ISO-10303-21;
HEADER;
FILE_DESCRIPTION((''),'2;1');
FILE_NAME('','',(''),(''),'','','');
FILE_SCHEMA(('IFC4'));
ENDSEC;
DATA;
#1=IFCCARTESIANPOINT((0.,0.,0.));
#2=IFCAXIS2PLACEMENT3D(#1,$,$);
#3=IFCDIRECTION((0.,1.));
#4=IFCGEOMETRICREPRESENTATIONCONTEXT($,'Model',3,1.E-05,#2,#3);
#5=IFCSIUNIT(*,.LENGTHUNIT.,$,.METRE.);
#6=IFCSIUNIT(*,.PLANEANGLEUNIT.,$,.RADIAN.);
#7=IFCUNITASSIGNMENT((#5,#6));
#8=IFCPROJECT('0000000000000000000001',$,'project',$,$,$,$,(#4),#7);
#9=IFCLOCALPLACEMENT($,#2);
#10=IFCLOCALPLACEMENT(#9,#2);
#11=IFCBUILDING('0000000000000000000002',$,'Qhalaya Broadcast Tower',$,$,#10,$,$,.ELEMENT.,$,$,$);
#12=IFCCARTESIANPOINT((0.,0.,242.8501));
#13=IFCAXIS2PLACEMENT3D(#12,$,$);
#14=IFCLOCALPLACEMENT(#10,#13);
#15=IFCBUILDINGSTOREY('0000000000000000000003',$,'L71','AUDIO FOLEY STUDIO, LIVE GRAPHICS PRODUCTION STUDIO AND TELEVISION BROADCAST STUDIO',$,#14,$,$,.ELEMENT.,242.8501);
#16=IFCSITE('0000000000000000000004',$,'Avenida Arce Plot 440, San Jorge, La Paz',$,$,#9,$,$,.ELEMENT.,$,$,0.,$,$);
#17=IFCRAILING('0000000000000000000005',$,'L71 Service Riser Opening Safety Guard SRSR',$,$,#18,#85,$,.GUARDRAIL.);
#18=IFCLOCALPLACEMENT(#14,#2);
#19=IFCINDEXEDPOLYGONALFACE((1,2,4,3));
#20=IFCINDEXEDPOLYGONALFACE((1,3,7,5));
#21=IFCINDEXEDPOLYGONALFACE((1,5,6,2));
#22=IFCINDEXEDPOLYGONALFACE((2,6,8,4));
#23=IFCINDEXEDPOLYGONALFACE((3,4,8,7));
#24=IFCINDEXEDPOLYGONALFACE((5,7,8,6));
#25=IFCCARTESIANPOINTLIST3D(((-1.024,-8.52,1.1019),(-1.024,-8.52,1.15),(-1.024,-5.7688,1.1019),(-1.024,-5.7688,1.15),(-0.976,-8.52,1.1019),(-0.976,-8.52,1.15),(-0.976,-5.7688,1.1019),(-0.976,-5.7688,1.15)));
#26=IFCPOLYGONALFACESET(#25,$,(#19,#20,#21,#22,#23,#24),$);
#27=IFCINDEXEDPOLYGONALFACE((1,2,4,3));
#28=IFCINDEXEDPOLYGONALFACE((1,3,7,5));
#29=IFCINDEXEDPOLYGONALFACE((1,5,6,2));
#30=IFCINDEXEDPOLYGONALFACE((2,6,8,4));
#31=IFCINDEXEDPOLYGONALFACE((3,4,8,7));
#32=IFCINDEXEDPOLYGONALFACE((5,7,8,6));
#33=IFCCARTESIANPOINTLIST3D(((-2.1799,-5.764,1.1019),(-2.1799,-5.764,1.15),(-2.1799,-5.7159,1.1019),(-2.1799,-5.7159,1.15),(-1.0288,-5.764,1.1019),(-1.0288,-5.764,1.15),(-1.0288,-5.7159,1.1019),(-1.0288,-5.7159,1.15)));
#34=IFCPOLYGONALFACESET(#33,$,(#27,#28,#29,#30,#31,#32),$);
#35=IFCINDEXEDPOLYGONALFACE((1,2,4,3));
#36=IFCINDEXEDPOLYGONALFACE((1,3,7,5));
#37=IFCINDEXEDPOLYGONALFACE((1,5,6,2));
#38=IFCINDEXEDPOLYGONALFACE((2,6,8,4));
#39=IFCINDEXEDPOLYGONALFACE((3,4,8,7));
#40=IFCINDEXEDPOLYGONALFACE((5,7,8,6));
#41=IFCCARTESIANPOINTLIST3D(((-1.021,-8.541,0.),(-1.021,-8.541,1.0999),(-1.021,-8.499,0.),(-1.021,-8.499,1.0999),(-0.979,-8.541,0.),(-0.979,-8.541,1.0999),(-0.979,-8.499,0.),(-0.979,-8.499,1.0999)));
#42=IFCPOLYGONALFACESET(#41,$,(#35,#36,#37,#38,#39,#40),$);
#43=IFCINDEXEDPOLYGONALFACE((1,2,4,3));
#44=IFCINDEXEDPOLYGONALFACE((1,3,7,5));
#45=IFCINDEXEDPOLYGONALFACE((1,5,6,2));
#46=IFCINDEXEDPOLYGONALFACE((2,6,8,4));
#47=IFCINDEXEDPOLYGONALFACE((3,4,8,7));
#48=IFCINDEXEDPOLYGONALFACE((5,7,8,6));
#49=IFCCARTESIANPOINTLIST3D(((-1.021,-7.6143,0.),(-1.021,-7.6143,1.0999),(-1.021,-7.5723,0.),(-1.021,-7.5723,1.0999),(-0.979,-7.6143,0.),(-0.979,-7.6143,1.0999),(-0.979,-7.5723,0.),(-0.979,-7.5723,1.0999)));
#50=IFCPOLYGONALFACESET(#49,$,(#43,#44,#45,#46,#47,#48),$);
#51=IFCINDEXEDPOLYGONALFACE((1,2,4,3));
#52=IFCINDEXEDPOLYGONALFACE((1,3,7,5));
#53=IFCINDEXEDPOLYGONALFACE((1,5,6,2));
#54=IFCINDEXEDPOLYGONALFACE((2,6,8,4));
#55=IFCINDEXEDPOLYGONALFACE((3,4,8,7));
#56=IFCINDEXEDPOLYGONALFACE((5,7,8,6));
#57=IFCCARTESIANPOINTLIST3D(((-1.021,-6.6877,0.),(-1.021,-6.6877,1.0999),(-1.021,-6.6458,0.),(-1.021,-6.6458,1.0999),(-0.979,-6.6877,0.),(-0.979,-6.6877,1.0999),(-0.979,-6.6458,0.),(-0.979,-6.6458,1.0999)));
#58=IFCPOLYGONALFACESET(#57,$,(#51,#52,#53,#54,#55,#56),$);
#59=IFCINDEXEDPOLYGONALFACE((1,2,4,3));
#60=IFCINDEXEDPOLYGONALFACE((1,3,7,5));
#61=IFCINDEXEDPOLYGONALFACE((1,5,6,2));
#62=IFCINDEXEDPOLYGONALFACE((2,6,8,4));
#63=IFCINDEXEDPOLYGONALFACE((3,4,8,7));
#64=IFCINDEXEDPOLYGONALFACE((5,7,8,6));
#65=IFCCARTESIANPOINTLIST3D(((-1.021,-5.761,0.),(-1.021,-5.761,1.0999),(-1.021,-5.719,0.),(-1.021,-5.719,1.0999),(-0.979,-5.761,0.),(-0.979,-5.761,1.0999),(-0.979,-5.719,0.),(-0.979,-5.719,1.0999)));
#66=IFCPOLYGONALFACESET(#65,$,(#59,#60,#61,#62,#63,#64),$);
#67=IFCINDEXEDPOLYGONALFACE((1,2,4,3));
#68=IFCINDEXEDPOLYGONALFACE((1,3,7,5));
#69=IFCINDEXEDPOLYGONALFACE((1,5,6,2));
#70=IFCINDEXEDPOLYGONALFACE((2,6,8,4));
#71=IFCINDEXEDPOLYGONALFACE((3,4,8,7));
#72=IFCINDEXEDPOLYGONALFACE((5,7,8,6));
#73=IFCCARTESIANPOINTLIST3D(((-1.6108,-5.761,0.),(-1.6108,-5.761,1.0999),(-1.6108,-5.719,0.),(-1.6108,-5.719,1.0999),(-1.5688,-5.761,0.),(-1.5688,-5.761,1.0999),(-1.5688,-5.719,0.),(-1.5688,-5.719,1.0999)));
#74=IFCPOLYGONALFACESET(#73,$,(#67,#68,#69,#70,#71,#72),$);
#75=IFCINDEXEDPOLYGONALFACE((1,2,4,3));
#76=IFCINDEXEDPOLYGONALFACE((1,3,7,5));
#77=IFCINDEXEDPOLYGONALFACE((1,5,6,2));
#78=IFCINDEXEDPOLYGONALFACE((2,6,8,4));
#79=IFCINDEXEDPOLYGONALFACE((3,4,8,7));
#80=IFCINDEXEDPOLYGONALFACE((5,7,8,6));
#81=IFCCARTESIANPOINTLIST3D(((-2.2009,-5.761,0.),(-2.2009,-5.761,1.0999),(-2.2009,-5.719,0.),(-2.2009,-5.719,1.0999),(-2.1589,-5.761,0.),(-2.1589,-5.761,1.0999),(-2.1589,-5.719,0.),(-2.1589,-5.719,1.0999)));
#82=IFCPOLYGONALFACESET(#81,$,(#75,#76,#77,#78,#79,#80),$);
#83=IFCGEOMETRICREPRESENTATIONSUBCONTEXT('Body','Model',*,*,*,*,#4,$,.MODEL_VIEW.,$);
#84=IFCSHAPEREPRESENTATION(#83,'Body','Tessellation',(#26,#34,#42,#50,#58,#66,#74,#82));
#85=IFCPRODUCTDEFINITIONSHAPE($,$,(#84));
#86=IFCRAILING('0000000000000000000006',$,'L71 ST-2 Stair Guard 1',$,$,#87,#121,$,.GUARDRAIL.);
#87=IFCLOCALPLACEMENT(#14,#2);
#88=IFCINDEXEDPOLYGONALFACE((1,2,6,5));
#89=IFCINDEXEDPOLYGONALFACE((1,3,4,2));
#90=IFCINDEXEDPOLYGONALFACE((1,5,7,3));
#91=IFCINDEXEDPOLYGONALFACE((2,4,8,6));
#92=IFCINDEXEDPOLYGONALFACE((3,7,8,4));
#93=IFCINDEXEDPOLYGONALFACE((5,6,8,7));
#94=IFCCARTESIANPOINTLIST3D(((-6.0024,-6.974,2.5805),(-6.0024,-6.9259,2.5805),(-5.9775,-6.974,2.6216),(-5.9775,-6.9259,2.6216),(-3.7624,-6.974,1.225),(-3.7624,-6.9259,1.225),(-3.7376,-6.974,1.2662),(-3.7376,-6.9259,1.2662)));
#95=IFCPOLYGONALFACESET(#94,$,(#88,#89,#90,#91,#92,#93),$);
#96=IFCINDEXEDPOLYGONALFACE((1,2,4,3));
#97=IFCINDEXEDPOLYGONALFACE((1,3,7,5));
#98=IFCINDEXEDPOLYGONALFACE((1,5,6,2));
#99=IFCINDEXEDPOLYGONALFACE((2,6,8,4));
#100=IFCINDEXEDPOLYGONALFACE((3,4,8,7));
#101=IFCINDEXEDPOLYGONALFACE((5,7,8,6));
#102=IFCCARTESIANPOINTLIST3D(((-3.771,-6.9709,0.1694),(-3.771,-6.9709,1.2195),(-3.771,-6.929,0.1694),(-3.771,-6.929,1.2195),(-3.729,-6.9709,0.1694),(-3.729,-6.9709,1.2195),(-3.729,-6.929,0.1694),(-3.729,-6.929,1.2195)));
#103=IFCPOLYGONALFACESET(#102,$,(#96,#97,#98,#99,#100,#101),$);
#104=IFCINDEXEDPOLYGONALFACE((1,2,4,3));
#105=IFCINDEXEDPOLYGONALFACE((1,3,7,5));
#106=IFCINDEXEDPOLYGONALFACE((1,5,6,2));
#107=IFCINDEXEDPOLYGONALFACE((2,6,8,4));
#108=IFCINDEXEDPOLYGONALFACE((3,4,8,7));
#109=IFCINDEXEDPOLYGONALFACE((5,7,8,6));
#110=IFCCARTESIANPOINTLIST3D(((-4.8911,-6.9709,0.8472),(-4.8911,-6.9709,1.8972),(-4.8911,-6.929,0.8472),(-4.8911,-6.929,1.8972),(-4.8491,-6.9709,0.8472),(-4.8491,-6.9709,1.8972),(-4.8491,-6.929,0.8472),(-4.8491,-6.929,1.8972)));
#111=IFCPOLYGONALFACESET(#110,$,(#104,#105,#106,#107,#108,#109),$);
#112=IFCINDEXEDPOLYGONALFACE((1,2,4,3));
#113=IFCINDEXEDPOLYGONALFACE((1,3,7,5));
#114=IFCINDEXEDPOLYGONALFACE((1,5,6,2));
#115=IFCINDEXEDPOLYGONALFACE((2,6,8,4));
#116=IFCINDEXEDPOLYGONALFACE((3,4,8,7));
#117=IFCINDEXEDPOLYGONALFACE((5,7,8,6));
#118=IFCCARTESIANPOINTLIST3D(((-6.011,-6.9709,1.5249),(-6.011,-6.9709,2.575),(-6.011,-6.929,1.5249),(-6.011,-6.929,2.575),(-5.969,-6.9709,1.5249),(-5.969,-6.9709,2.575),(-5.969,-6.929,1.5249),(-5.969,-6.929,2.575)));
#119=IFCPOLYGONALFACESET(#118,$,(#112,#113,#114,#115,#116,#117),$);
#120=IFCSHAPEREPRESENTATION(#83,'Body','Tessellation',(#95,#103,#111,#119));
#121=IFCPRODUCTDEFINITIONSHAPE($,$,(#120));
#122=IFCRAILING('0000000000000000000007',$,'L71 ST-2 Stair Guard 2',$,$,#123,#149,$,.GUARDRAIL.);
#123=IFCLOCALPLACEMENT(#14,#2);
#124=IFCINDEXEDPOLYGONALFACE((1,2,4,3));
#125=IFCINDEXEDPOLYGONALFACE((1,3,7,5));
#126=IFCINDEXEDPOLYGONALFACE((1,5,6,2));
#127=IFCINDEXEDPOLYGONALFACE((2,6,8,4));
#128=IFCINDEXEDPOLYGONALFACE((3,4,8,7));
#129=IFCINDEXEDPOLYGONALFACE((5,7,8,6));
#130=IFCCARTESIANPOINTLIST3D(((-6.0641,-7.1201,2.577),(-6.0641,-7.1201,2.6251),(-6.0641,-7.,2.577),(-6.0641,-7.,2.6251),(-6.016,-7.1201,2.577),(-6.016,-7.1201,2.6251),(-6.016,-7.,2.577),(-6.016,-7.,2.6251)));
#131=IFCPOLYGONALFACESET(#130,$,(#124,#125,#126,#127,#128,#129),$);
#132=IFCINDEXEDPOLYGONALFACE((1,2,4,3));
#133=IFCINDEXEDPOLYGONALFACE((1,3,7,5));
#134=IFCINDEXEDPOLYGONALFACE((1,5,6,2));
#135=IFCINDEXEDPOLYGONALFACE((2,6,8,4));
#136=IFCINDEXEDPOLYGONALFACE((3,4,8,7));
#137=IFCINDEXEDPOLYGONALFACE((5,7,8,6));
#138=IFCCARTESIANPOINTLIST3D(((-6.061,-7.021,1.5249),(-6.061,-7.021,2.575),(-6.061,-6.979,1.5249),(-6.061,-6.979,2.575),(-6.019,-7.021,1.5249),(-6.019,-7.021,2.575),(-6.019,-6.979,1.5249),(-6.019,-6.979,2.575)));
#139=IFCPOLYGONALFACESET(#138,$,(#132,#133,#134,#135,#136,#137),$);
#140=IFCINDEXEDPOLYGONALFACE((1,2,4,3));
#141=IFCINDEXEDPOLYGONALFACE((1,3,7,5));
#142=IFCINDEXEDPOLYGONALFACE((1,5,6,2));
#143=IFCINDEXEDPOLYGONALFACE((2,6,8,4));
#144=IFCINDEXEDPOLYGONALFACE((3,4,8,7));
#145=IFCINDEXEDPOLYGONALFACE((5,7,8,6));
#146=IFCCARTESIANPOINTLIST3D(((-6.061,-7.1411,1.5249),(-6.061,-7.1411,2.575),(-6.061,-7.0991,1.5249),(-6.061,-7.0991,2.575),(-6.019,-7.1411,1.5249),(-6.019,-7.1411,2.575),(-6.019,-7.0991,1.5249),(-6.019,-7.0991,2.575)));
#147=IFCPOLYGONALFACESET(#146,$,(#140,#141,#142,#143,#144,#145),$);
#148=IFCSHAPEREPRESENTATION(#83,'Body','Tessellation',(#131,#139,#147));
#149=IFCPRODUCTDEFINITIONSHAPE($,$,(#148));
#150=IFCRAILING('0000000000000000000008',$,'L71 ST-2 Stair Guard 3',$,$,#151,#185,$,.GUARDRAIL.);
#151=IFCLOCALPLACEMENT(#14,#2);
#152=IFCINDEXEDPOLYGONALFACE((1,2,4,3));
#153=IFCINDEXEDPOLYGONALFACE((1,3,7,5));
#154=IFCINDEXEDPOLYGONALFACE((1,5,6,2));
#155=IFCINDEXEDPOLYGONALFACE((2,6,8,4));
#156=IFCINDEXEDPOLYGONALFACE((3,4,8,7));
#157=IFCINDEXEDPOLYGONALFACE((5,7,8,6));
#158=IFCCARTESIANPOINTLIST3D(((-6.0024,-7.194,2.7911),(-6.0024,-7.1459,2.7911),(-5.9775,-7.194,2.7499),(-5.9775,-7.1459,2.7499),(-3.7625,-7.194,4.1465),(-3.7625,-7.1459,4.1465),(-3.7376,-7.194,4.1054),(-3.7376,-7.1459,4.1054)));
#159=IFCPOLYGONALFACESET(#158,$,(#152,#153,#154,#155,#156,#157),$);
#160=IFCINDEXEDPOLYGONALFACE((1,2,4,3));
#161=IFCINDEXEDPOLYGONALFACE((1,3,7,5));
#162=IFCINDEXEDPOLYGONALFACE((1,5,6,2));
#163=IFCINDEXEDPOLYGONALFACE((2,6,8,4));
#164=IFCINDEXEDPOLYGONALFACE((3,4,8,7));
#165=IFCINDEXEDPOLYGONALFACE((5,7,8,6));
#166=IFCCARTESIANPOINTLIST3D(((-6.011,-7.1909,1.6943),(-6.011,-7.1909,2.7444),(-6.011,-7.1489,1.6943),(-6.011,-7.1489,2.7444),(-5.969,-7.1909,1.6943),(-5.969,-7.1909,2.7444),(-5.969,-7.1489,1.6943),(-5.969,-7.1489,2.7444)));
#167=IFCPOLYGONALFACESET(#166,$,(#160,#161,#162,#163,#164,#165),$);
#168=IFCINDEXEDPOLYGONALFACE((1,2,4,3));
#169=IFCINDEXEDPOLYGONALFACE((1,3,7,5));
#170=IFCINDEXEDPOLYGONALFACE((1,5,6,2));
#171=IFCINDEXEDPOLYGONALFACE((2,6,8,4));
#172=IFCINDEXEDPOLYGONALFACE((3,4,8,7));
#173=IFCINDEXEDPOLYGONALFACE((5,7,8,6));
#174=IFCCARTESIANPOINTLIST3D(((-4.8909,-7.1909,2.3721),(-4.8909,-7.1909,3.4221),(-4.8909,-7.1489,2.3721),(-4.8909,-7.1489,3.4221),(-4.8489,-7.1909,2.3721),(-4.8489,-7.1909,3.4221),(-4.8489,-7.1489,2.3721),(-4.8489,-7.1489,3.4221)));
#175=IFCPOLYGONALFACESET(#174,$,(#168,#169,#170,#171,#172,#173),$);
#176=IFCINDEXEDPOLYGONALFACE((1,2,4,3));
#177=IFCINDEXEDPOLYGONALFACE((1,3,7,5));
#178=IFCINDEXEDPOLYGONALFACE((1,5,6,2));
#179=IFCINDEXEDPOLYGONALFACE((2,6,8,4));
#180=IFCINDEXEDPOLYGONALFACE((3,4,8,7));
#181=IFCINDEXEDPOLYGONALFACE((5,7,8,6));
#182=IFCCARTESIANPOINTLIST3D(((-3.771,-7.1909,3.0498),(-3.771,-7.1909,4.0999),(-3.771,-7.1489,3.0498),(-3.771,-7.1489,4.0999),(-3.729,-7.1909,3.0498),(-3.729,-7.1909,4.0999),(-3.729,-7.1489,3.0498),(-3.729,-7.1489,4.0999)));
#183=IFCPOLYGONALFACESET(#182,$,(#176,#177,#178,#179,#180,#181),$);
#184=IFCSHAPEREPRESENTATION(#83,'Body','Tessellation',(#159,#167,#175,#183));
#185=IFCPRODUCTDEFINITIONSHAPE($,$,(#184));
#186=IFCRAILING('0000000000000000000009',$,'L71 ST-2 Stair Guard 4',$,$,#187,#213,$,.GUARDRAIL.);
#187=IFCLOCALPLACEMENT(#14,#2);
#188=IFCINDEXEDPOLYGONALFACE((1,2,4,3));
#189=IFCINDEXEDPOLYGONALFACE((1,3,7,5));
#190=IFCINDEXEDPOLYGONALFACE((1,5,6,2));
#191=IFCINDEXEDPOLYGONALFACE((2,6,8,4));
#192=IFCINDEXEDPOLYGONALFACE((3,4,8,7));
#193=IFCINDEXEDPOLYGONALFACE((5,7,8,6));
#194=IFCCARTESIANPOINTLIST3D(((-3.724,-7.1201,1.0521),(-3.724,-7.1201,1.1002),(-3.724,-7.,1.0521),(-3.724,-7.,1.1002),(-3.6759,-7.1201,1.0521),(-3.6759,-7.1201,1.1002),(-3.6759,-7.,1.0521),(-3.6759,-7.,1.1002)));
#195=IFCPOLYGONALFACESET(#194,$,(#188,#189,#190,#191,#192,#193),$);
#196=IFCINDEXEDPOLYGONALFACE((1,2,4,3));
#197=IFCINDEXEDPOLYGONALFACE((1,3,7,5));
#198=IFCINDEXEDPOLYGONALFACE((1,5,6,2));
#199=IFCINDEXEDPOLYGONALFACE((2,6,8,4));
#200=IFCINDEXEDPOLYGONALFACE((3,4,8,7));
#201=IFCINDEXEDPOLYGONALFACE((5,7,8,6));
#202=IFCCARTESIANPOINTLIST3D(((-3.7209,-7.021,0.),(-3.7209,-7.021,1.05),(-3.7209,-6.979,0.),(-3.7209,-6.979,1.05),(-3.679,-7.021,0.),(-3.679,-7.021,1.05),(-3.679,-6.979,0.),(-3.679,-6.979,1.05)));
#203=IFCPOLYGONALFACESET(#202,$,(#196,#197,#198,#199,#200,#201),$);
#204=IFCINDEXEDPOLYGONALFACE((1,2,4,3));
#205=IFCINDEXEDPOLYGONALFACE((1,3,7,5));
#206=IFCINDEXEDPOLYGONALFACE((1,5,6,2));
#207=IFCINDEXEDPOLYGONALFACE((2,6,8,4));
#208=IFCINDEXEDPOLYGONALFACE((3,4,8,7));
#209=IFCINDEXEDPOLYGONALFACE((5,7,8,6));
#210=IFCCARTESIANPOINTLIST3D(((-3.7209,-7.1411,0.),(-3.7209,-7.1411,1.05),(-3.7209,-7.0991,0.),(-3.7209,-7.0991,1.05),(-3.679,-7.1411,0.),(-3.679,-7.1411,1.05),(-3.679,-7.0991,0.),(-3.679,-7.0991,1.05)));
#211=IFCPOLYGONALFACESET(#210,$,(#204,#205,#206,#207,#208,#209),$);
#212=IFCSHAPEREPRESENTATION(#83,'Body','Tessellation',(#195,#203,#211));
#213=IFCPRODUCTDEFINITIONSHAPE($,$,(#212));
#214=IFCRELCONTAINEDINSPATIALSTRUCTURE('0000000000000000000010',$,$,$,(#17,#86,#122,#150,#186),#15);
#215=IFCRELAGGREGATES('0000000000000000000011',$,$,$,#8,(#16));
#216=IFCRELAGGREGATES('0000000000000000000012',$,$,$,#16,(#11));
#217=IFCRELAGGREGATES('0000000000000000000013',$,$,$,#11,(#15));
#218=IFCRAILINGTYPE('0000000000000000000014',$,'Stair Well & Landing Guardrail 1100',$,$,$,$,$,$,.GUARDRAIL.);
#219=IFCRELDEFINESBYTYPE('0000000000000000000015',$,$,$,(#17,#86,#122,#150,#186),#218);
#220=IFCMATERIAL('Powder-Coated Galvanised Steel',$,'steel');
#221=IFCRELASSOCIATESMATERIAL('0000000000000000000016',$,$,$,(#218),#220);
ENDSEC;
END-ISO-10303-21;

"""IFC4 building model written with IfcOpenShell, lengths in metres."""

from ifc_helpers import new_model, si_unit, direction, frame, origin, origin_2d, place, context, subcontext, project, spatial, rectangle, extrude, material, type_object, element, save


model = new_model("IFC4")

# Units and contexts
model_context = context("Model", 3, precision=1e-05, world=origin(), true_north=direction((0.0, 1.0)))
body_context = subcontext(model_context, "Body", "Model", "MODEL_VIEW")
ifc_project = project(units=[si_unit("LENGTHUNIT", "METRE"), si_unit("PLANEANGLEUNIT", "RADIAN")], contexts=[model_context])

# Site, building, storey
site_placement = place(None, origin())
site = spatial("IfcSite", under=ifc_project, at=site_placement, Name="Avenida Arce Plot 440, San Jorge, La Paz", CompositionType="ELEMENT", RefElevation=0.0)
building_placement = place(site_placement, origin())
building = spatial("IfcBuilding", under=site, at=building_placement, Name="Qhalaya Broadcast Tower", CompositionType="ELEMENT")
storey_placement = place(building_placement, frame((0.0, 0.0, 242.8501)))
storey = spatial("IfcBuildingStorey", under=building, at=storey_placement, Name="L71", Description="AUDIO FOLEY STUDIO, LIVE GRAPHICS PRODUCTION STUDIO AND TELEVISION BROADCAST STUDIO", CompositionType="ELEMENT", Elevation=242.8501)

# Railings
ifc_material_1 = material(Name="Powder-Coated Galvanised Steel", Category="steel")
railing_type_1 = type_object("IfcRailingType", Name="Stair Well & Landing Guardrail 1100", PredefinedType="GUARDRAIL", material=ifc_material_1)
railing_1_placement = place(storey_placement, frame((-1.0, -8.52, 0.0)))
element("IfcRailing", 1, at=railing_1_placement, inside=storey, type_object=railing_type_1, Name="L71 Service Riser Opening Safety Guard SRSR", PredefinedType="GUARDRAIL", context=body_context, shape_type="SweptSolid", body=[
    extrude(rectangle(XDim=0.0481, YDim=0.0481, at=origin_2d()), frame((0.0, 0.0, 1.126), z_axis=(0.0, 1.0, 0.0), x_axis=(-1.0, 0.0, 0.0)), (0.0, 0.0, 1.0), 2.7512),
    extrude(rectangle(XDim=0.0481, YDim=0.0481, at=origin_2d()), frame((-0.0288, 2.78, 1.126), z_axis=(-1.0, 0.0, 0.0), x_axis=(0.0, -1.0, 0.0)), (0.0, 0.0, 1.0), 1.1511),
    extrude(rectangle(XDim=0.042, YDim=0.042, at=origin_2d()), origin(), (0.0, 0.0, 1.0), 1.0999),
    extrude(rectangle(XDim=0.042, YDim=0.042, at=origin_2d()), frame((0.0, 0.9268, 0.0)), (0.0, 0.0, 1.0), 1.0999),
    extrude(rectangle(XDim=0.042, YDim=0.042, at=origin_2d()), frame((0.0, 1.8533, 0.0)), (0.0, 0.0, 1.0), 1.0999),
    extrude(rectangle(XDim=0.042, YDim=0.042, at=origin_2d()), frame((0.0, 2.78, 0.0)), (0.0, 0.0, 1.0), 1.0999),
    extrude(rectangle(XDim=0.042, YDim=0.042, at=origin_2d()), frame((-0.5898, 2.78, 0.0)), (0.0, 0.0, 1.0), 1.0999),
    extrude(rectangle(XDim=0.042, YDim=0.042, at=origin_2d()), frame((-1.1799, 2.78, 0.0)), (0.0, 0.0, 1.0), 1.0999),
])
railing_2_placement = place(storey_placement, frame((-3.75, -6.95, 0.1694)))
element("IfcRailing", 2, at=railing_2_placement, inside=storey, type_object=railing_type_1, Name="L71 ST-2 Stair Guard 1", PredefinedType="GUARDRAIL", context=body_context, shape_type="SweptSolid", body=[
    extrude(rectangle(XDim=0.0481, YDim=0.0481, at=origin_2d()), frame((0.0, 0.0, 1.0762), z_axis=(-0.855553, 0.0, 0.517715), x_axis=(0.0, -1.0, 0.0)), (0.0, 0.0, 1.0), 2.6182),
    extrude(rectangle(XDim=0.042, YDim=0.042, at=origin_2d()), origin(), (0.0, 0.0, 1.0), 1.05),
    extrude(rectangle(XDim=0.042, YDim=0.042, at=origin_2d()), frame((-1.1201, 0.0, 0.6777)), (0.0, 0.0, 1.0), 1.05),
    extrude(rectangle(XDim=0.042, YDim=0.042, at=origin_2d()), frame((-2.24, 0.0, 1.3555)), (0.0, 0.0, 1.0), 1.05),
])
railing_3_placement = place(storey_placement, frame((-6.04, -7.0, 1.5249)))
element("IfcRailing", 3, at=railing_3_placement, inside=storey, type_object=railing_type_1, Name="L71 ST-2 Stair Guard 2", PredefinedType="GUARDRAIL", context=body_context, shape_type="SweptSolid", body=[
    extrude(rectangle(XDim=0.0481, YDim=0.0481, at=origin_2d()), frame((0.0, 0.0, 1.0762), z_axis=(0.0, -1.0, 0.0), x_axis=(1.0, 0.0, 0.0)), (0.0, 0.0, 1.0), 0.1201),
    extrude(rectangle(XDim=0.042, YDim=0.042, at=origin_2d()), origin(), (0.0, 0.0, 1.0), 1.05),
    extrude(rectangle(XDim=0.042, YDim=0.042, at=origin_2d()), frame((0.0, -0.1201, 0.0)), (0.0, 0.0, 1.0), 1.05),
])
railing_4_placement = place(storey_placement, frame((-5.99, -7.1699, 1.6943)))
element("IfcRailing", 4, at=railing_4_placement, inside=storey, type_object=railing_type_1, Name="L71 ST-2 Stair Guard 3", PredefinedType="GUARDRAIL", context=body_context, shape_type="SweptSolid", body=[
    extrude(rectangle(XDim=0.0481, YDim=0.0481, at=origin_2d()), frame((0.0, 0.0, 1.0762), z_axis=(0.855553, 0.0, 0.517715), x_axis=(0.0, 1.0, 0.0)), (0.0, 0.0, 1.0), 2.6182),
    extrude(rectangle(XDim=0.042, YDim=0.042, at=origin_2d()), origin(), (0.0, 0.0, 1.0), 1.05),
    extrude(rectangle(XDim=0.042, YDim=0.042, at=origin_2d()), frame((1.1201, 0.0, 0.6777)), (0.0, 0.0, 1.0), 1.05),
    extrude(rectangle(XDim=0.042, YDim=0.042, at=origin_2d()), frame((2.24, 0.0, 1.3555)), (0.0, 0.0, 1.0), 1.05),
])
railing_5_placement = place(storey_placement, frame((-3.7, -7.0, 0.0)))
element("IfcRailing", 5, at=railing_5_placement, inside=storey, type_object=railing_type_1, Name="L71 ST-2 Stair Guard 4", PredefinedType="GUARDRAIL", context=body_context, shape_type="SweptSolid", body=[
    extrude(rectangle(XDim=0.0481, YDim=0.0481, at=origin_2d()), frame((0.0, 0.0, 1.0762), z_axis=(0.0, -1.0, 0.0), x_axis=(1.0, 0.0, 0.0)), (0.0, 0.0, 1.0), 0.1201),
    extrude(rectangle(XDim=0.042, YDim=0.042, at=origin_2d()), origin(), (0.0, 0.0, 1.0), 1.05),
    extrude(rectangle(XDim=0.042, YDim=0.042, at=origin_2d()), frame((0.0, -0.1201, 0.0)), (0.0, 0.0, 1.0), 1.05),
])

save(model, "model.ifc")
